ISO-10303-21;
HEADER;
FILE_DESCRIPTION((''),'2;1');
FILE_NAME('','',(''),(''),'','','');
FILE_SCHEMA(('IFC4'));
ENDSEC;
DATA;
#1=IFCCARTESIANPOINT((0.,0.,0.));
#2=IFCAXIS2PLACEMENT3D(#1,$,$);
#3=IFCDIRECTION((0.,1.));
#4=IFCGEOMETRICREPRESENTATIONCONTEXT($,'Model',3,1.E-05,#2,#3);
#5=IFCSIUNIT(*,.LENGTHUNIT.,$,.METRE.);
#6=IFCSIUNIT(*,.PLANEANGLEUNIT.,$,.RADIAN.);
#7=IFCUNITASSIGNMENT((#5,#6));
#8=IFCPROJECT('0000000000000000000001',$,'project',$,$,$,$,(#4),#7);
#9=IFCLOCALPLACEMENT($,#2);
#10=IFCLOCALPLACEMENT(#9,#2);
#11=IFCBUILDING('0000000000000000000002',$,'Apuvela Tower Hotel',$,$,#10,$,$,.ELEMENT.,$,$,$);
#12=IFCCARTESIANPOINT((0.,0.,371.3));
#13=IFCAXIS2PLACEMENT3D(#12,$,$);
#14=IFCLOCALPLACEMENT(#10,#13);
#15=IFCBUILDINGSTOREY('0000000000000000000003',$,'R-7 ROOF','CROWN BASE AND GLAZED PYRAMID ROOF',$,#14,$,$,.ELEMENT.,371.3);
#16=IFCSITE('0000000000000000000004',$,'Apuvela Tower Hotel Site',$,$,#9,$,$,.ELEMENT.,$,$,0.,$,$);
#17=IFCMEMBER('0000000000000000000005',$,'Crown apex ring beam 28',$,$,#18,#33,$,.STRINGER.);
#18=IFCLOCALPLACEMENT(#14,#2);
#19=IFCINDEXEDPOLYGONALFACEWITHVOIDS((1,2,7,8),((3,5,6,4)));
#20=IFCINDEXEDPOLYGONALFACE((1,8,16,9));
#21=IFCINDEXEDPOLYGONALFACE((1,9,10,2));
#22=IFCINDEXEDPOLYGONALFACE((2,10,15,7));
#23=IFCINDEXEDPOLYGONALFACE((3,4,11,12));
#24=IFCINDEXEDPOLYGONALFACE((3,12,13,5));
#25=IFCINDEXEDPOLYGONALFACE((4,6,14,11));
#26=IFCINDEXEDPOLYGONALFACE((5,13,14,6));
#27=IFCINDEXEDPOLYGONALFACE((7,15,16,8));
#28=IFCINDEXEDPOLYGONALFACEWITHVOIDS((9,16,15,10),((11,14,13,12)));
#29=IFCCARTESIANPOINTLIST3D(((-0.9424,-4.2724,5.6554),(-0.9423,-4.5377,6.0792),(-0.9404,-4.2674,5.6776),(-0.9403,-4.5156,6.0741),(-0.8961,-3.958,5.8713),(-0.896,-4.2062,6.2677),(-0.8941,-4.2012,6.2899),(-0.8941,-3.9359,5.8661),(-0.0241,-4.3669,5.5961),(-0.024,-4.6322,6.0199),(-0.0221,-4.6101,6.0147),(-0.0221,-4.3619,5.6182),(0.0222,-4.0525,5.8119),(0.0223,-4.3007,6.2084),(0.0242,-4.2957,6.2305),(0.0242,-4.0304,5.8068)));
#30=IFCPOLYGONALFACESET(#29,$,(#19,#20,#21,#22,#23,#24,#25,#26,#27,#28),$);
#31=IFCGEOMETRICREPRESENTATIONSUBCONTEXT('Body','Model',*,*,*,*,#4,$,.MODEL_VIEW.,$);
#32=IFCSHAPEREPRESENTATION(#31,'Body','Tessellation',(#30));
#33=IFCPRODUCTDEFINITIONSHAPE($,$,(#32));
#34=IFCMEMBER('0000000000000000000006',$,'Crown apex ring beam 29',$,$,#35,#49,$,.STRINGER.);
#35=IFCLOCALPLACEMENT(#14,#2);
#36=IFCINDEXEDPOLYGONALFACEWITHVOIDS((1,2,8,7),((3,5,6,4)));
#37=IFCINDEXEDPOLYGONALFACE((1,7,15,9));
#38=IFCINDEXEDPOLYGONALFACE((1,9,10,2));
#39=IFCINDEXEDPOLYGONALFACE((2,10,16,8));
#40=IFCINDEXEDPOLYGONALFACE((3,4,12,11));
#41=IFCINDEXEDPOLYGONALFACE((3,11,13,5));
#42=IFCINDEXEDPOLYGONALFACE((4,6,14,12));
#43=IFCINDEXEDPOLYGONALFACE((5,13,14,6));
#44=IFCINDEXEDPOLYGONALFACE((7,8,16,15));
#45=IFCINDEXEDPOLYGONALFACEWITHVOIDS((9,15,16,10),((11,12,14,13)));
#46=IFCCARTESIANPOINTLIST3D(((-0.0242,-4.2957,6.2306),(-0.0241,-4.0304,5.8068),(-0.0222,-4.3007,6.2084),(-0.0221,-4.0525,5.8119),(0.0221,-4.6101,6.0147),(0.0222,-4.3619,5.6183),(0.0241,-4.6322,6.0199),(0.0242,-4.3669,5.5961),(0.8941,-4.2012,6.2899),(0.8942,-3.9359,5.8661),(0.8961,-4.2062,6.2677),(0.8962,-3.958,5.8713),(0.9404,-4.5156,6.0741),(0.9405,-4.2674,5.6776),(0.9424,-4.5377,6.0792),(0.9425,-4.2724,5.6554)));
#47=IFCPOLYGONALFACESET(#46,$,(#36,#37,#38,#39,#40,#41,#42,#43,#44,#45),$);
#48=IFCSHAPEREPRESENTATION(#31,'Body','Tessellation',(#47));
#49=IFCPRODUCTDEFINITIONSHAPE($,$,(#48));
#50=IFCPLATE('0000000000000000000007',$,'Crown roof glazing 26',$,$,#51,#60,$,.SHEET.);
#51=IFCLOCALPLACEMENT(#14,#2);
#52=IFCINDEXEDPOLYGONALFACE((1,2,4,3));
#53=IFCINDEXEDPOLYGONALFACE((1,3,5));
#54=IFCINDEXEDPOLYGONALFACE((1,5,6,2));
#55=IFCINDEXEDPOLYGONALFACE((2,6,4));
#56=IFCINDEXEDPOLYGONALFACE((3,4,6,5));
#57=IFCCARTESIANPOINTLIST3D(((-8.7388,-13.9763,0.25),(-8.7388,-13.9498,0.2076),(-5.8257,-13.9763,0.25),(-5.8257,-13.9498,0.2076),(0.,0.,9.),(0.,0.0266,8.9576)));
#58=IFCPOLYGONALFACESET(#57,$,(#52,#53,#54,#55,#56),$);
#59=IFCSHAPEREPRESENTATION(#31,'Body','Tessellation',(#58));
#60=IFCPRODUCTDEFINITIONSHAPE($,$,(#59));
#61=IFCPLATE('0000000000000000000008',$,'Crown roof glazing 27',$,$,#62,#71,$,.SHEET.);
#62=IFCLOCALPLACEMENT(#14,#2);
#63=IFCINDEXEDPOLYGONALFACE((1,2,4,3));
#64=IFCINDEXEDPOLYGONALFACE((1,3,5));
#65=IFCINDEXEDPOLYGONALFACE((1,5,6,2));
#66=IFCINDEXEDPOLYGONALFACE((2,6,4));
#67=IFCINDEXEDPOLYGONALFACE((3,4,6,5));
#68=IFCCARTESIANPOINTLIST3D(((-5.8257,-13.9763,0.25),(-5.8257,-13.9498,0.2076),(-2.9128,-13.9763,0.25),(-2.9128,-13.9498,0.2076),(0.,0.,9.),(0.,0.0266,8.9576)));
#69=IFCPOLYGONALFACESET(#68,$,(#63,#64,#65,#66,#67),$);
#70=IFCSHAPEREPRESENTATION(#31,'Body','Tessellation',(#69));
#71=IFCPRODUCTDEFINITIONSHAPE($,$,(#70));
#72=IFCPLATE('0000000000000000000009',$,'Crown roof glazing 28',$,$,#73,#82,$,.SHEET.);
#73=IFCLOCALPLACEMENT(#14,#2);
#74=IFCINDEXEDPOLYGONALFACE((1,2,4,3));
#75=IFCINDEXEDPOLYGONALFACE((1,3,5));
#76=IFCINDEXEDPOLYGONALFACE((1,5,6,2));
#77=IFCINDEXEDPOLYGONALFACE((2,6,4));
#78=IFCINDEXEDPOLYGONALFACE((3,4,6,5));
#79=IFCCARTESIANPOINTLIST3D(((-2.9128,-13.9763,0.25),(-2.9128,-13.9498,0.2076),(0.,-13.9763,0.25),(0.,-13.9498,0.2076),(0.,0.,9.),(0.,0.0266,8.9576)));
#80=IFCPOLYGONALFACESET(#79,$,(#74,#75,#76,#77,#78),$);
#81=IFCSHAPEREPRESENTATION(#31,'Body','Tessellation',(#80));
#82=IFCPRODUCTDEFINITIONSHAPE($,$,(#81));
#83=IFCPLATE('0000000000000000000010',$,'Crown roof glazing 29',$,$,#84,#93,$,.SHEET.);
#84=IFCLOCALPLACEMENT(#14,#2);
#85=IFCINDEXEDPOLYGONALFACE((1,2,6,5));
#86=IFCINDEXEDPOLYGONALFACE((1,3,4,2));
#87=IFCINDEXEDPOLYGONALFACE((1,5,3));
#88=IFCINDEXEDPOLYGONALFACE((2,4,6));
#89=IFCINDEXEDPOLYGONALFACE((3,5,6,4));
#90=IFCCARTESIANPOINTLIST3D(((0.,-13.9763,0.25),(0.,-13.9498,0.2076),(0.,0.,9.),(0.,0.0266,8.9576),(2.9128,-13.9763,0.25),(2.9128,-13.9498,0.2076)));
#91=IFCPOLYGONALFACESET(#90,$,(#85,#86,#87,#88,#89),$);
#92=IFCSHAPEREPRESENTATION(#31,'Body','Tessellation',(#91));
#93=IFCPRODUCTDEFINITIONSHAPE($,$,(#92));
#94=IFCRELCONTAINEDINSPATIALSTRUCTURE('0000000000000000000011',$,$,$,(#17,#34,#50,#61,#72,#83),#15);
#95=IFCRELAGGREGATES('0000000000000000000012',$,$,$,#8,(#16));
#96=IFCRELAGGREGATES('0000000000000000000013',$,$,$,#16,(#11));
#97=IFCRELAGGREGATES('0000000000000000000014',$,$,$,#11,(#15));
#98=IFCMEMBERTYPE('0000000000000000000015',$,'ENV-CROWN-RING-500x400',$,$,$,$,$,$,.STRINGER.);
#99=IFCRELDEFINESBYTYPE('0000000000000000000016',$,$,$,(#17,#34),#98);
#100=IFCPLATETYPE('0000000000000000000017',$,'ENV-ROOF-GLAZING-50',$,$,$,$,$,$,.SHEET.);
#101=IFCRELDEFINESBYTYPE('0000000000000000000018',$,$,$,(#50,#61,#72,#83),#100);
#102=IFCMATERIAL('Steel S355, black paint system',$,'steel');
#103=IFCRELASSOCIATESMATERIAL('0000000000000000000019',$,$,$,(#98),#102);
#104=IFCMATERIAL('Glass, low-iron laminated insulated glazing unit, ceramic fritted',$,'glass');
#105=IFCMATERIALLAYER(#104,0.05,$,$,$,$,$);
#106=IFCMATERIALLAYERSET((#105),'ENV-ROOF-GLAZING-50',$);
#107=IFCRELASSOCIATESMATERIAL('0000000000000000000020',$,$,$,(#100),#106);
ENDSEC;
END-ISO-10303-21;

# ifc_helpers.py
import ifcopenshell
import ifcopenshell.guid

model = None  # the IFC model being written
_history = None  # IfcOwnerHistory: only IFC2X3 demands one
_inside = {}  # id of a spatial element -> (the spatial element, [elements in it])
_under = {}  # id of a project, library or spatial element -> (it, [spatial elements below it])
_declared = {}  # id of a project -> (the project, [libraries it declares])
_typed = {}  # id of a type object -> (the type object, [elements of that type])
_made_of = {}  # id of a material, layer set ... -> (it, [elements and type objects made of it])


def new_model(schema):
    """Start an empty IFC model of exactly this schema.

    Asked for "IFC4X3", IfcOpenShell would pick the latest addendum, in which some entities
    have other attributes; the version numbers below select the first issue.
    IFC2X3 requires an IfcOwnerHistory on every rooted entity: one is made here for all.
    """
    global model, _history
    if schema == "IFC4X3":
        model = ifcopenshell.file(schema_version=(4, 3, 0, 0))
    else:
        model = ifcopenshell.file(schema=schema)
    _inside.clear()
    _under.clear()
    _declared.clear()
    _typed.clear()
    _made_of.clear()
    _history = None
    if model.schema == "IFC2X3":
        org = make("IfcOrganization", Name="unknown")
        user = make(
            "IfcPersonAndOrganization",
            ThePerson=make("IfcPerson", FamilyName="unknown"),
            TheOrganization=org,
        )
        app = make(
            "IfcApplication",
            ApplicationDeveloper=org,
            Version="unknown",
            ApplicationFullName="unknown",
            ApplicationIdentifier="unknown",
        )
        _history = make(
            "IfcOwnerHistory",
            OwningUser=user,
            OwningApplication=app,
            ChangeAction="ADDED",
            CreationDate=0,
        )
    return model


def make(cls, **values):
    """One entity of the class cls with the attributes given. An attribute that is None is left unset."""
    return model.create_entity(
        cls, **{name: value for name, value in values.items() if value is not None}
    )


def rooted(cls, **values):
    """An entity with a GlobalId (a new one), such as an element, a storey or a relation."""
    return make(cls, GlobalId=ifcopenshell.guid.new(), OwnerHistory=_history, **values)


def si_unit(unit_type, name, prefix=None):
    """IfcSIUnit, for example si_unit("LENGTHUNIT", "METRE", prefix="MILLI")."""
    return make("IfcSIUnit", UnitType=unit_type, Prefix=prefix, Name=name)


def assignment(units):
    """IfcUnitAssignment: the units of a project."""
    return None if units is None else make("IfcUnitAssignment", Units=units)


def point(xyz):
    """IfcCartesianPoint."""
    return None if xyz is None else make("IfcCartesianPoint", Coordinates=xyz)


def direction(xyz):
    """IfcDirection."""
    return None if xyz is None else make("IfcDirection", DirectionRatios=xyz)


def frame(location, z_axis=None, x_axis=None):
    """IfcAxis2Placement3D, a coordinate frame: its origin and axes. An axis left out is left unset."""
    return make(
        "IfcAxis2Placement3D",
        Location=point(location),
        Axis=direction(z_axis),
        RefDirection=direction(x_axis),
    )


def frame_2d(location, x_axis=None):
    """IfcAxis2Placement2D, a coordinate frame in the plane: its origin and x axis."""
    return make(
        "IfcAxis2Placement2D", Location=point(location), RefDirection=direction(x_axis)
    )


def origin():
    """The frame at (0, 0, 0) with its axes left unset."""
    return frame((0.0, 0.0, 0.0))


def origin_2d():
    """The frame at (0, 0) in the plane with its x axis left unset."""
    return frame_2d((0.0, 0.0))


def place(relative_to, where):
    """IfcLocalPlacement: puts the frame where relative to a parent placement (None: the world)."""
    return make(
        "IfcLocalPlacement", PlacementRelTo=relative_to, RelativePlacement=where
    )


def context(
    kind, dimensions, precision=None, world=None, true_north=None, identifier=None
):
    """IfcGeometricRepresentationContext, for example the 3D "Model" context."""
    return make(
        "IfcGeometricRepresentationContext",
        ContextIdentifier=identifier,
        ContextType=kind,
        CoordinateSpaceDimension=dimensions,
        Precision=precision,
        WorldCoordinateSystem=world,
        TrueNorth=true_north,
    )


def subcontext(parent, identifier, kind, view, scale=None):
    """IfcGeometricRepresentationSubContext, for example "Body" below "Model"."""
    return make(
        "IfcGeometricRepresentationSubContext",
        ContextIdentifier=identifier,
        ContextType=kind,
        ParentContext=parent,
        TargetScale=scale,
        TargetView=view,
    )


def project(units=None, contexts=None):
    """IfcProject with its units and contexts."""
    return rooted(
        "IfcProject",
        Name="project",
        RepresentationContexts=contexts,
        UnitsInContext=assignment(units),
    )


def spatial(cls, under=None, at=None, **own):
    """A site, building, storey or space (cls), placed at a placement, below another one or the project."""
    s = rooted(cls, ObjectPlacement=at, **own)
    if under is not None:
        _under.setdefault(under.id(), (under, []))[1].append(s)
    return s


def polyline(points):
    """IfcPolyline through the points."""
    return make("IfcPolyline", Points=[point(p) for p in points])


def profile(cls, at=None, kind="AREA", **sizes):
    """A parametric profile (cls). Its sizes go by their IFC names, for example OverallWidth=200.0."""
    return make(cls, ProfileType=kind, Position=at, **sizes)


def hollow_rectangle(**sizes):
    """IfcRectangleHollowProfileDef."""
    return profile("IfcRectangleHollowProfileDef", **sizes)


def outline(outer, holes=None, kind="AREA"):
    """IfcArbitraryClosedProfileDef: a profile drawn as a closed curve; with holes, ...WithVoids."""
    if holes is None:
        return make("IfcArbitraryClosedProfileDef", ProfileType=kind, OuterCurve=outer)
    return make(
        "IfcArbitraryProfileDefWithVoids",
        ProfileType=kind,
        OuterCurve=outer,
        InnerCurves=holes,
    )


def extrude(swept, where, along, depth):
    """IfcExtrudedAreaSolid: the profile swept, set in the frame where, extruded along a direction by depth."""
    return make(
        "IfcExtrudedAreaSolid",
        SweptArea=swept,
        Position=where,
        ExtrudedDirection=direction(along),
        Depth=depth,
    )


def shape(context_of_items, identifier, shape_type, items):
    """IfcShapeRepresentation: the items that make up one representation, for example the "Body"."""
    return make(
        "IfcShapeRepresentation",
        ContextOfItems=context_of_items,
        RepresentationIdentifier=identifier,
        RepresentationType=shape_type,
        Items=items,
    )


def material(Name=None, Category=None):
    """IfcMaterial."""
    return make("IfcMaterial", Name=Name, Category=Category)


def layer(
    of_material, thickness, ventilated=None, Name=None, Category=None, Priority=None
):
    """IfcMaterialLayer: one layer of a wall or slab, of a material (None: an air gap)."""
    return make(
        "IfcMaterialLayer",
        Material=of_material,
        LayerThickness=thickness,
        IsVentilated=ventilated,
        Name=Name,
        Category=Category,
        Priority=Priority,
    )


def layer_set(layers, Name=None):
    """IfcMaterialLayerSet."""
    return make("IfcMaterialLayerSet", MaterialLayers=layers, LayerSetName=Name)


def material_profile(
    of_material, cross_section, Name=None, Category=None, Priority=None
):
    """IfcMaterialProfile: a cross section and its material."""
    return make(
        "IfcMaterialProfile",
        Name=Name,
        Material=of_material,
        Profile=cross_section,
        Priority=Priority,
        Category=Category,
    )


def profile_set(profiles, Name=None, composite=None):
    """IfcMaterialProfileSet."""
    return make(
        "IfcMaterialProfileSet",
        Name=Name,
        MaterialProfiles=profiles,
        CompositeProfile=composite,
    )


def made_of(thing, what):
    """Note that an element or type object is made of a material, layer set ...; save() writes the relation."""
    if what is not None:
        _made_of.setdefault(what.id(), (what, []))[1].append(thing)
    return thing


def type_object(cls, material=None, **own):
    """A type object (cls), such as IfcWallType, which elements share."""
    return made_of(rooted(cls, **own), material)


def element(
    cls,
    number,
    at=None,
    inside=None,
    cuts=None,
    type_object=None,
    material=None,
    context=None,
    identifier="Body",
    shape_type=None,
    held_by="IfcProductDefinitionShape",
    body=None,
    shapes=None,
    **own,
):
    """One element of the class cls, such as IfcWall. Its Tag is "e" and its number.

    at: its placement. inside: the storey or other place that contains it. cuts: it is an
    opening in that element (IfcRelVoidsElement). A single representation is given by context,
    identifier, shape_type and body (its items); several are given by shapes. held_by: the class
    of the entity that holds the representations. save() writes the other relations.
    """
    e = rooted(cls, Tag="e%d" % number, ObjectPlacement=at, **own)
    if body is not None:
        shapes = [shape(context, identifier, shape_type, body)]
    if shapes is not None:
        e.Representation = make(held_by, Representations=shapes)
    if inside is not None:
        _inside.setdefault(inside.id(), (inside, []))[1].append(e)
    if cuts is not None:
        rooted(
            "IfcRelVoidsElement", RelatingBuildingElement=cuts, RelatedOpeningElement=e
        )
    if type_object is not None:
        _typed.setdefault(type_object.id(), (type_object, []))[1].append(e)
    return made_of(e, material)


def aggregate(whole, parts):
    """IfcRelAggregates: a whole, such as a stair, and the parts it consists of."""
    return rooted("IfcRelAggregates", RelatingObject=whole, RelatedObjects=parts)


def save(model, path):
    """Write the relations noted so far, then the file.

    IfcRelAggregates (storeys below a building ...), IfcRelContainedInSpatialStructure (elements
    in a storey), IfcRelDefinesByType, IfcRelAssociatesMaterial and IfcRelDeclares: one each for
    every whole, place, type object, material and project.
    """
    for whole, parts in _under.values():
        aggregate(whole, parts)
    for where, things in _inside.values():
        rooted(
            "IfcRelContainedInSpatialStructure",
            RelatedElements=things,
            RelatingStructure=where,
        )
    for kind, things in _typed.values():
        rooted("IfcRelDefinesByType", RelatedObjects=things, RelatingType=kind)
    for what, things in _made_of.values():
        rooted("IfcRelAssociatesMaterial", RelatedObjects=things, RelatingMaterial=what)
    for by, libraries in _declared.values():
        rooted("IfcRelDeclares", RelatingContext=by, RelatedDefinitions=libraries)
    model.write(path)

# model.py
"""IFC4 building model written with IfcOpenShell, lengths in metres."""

from ifc_helpers import new_model, si_unit, direction, frame, origin, origin_2d, place, context, subcontext, project, spatial, polyline, hollow_rectangle, outline, extrude, material, layer, layer_set, material_profile, profile_set, type_object, element, save


model = new_model("IFC4")

# Units and contexts
model_context = context("Model", 3, precision=1e-05, world=origin(), true_north=direction((0.0, 1.0)))
body_context = subcontext(model_context, "Body", "Model", "MODEL_VIEW")
ifc_project = project(units=[si_unit("LENGTHUNIT", "METRE"), si_unit("PLANEANGLEUNIT", "RADIAN")], contexts=[model_context])

# Site, building, storey
site_placement = place(None, origin())
site = spatial("IfcSite", under=ifc_project, at=site_placement, Name="Apuvela Tower Hotel Site", CompositionType="ELEMENT", RefElevation=0.0)
building_placement = place(site_placement, origin())
building = spatial("IfcBuilding", under=site, at=building_placement, Name="Apuvela Tower Hotel", CompositionType="ELEMENT")
storey_placement = place(building_placement, frame((0.0, 0.0, 371.3)))
storey = spatial("IfcBuildingStorey", under=building, at=storey_placement, Name="R-7 ROOF", Description="CROWN BASE AND GLAZED PYRAMID ROOF", CompositionType="ELEMENT", Elevation=371.3)

# Members
ifc_material_1 = material(Name="Steel S355, black paint system", Category="steel")
ifc_material_profile_1 = material_profile(ifc_material_1, hollow_rectangle(XDim=0.3999, YDim=0.5, WallThickness=0.0161, at=origin_2d()), Name="HSS 500x400x16")
ifc_profile_set_1 = profile_set([ifc_material_profile_1], Name="Steel S355, black paint system")
member_type_1 = type_object("IfcMemberType", Name="ENV-CROWN-RING-500x400", PredefinedType="STRINGER", material=ifc_profile_set_1)
for number, where, z_axis, x_axis, name in (
    (1, (-0.9182, -4.2368, 5.9727), (0.992699, -0.102147, -0.064139), (0.120614, 0.841411, 0.526763), "Crown apex ring beam 28"),
    (2, (0.0, -4.3313, 5.9133), (0.992699, 0.102147, 0.064139), (-0.120614, 0.841411, 0.526763), "Crown apex ring beam 29"),
):
    element("IfcMember", number, at=place(storey_placement, frame(where, z_axis=z_axis, x_axis=x_axis)), inside=storey, type_object=member_type_1, Name=name, PredefinedType="STRINGER", context=body_context, shape_type="SweptSolid", body=[
        extrude(hollow_rectangle(XDim=0.3999, YDim=0.5, WallThickness=0.0161, at=origin_2d()), origin(), (0.0, 0.0, 1.0), 0.925),
    ])

# Plates
ifc_material_2 = material(Name="Glass, low-iron laminated insulated glazing unit, ceramic fritted", Category="glass")
ifc_layer = layer(ifc_material_2, 0.05)
ifc_layer_set = layer_set([ifc_layer], Name="ENV-ROOF-GLAZING-50")
plate_type = type_object("IfcPlateType", Name="ENV-ROOF-GLAZING-50", PredefinedType="SHEET", material=ifc_layer_set)
plate_1_placement = place(storey_placement, frame((-8.7388, -13.9763, 0.25), z_axis=(0.0, -0.530644, 0.847595), x_axis=(1.0, 0.0, 0.0)))
element("IfcPlate", 3, at=plate_1_placement, inside=storey, type_object=plate_type, Name="Crown roof glazing 26", PredefinedType="SHEET", context=body_context, shape_type="SweptSolid", body=[
    extrude(outline(polyline([(0.0, 0.0), (2.9131, 0.0), (8.7388, 16.4894), (0.0, 0.0)])), origin(), (0.0, 0.0, -1.0), 0.05),
])
plate_2_placement = place(storey_placement, frame((-5.8257, -13.9763, 0.25), z_axis=(0.0, -0.530644, 0.847595), x_axis=(1.0, 0.0, 0.0)))
element("IfcPlate", 4, at=plate_2_placement, inside=storey, type_object=plate_type, Name="Crown roof glazing 27", PredefinedType="SHEET", context=body_context, shape_type="SweptSolid", body=[
    extrude(outline(polyline([(0.0, 0.0), (2.9128, 0.0), (5.8257, 16.4894), (0.0, 0.0)])), origin(), (0.0, 0.0, -1.0), 0.05),
])
plate_3_placement = place(storey_placement, frame((-2.9128, -13.9763, 0.25), z_axis=(0.0, -0.530644, 0.847595), x_axis=(1.0, 0.0, 0.0)))
element("IfcPlate", 5, at=plate_3_placement, inside=storey, type_object=plate_type, Name="Crown roof glazing 28", PredefinedType="SHEET", context=body_context, shape_type="SweptSolid", body=[
    extrude(outline(polyline([(0.0, 0.0), (2.9128, 0.0), (2.9128, 16.4894), (0.0, 0.0)])), origin(), (0.0, 0.0, -1.0), 0.05),
])
plate_4_placement = place(storey_placement, frame((0.0, -13.9763, 0.25), z_axis=(0.0, -0.530644, 0.847595), x_axis=(1.0, 0.0, 0.0)))
element("IfcPlate", 6, at=plate_4_placement, inside=storey, type_object=plate_type, Name="Crown roof glazing 29", PredefinedType="SHEET", context=body_context, shape_type="SweptSolid", body=[
    extrude(outline(polyline([(0.0, 0.0), (2.9128, 0.0), (0.0, 16.4894), (0.0, 0.0)])), origin(), (0.0, 0.0, -1.0), 0.05),
])

save(model, "model.ifc")
